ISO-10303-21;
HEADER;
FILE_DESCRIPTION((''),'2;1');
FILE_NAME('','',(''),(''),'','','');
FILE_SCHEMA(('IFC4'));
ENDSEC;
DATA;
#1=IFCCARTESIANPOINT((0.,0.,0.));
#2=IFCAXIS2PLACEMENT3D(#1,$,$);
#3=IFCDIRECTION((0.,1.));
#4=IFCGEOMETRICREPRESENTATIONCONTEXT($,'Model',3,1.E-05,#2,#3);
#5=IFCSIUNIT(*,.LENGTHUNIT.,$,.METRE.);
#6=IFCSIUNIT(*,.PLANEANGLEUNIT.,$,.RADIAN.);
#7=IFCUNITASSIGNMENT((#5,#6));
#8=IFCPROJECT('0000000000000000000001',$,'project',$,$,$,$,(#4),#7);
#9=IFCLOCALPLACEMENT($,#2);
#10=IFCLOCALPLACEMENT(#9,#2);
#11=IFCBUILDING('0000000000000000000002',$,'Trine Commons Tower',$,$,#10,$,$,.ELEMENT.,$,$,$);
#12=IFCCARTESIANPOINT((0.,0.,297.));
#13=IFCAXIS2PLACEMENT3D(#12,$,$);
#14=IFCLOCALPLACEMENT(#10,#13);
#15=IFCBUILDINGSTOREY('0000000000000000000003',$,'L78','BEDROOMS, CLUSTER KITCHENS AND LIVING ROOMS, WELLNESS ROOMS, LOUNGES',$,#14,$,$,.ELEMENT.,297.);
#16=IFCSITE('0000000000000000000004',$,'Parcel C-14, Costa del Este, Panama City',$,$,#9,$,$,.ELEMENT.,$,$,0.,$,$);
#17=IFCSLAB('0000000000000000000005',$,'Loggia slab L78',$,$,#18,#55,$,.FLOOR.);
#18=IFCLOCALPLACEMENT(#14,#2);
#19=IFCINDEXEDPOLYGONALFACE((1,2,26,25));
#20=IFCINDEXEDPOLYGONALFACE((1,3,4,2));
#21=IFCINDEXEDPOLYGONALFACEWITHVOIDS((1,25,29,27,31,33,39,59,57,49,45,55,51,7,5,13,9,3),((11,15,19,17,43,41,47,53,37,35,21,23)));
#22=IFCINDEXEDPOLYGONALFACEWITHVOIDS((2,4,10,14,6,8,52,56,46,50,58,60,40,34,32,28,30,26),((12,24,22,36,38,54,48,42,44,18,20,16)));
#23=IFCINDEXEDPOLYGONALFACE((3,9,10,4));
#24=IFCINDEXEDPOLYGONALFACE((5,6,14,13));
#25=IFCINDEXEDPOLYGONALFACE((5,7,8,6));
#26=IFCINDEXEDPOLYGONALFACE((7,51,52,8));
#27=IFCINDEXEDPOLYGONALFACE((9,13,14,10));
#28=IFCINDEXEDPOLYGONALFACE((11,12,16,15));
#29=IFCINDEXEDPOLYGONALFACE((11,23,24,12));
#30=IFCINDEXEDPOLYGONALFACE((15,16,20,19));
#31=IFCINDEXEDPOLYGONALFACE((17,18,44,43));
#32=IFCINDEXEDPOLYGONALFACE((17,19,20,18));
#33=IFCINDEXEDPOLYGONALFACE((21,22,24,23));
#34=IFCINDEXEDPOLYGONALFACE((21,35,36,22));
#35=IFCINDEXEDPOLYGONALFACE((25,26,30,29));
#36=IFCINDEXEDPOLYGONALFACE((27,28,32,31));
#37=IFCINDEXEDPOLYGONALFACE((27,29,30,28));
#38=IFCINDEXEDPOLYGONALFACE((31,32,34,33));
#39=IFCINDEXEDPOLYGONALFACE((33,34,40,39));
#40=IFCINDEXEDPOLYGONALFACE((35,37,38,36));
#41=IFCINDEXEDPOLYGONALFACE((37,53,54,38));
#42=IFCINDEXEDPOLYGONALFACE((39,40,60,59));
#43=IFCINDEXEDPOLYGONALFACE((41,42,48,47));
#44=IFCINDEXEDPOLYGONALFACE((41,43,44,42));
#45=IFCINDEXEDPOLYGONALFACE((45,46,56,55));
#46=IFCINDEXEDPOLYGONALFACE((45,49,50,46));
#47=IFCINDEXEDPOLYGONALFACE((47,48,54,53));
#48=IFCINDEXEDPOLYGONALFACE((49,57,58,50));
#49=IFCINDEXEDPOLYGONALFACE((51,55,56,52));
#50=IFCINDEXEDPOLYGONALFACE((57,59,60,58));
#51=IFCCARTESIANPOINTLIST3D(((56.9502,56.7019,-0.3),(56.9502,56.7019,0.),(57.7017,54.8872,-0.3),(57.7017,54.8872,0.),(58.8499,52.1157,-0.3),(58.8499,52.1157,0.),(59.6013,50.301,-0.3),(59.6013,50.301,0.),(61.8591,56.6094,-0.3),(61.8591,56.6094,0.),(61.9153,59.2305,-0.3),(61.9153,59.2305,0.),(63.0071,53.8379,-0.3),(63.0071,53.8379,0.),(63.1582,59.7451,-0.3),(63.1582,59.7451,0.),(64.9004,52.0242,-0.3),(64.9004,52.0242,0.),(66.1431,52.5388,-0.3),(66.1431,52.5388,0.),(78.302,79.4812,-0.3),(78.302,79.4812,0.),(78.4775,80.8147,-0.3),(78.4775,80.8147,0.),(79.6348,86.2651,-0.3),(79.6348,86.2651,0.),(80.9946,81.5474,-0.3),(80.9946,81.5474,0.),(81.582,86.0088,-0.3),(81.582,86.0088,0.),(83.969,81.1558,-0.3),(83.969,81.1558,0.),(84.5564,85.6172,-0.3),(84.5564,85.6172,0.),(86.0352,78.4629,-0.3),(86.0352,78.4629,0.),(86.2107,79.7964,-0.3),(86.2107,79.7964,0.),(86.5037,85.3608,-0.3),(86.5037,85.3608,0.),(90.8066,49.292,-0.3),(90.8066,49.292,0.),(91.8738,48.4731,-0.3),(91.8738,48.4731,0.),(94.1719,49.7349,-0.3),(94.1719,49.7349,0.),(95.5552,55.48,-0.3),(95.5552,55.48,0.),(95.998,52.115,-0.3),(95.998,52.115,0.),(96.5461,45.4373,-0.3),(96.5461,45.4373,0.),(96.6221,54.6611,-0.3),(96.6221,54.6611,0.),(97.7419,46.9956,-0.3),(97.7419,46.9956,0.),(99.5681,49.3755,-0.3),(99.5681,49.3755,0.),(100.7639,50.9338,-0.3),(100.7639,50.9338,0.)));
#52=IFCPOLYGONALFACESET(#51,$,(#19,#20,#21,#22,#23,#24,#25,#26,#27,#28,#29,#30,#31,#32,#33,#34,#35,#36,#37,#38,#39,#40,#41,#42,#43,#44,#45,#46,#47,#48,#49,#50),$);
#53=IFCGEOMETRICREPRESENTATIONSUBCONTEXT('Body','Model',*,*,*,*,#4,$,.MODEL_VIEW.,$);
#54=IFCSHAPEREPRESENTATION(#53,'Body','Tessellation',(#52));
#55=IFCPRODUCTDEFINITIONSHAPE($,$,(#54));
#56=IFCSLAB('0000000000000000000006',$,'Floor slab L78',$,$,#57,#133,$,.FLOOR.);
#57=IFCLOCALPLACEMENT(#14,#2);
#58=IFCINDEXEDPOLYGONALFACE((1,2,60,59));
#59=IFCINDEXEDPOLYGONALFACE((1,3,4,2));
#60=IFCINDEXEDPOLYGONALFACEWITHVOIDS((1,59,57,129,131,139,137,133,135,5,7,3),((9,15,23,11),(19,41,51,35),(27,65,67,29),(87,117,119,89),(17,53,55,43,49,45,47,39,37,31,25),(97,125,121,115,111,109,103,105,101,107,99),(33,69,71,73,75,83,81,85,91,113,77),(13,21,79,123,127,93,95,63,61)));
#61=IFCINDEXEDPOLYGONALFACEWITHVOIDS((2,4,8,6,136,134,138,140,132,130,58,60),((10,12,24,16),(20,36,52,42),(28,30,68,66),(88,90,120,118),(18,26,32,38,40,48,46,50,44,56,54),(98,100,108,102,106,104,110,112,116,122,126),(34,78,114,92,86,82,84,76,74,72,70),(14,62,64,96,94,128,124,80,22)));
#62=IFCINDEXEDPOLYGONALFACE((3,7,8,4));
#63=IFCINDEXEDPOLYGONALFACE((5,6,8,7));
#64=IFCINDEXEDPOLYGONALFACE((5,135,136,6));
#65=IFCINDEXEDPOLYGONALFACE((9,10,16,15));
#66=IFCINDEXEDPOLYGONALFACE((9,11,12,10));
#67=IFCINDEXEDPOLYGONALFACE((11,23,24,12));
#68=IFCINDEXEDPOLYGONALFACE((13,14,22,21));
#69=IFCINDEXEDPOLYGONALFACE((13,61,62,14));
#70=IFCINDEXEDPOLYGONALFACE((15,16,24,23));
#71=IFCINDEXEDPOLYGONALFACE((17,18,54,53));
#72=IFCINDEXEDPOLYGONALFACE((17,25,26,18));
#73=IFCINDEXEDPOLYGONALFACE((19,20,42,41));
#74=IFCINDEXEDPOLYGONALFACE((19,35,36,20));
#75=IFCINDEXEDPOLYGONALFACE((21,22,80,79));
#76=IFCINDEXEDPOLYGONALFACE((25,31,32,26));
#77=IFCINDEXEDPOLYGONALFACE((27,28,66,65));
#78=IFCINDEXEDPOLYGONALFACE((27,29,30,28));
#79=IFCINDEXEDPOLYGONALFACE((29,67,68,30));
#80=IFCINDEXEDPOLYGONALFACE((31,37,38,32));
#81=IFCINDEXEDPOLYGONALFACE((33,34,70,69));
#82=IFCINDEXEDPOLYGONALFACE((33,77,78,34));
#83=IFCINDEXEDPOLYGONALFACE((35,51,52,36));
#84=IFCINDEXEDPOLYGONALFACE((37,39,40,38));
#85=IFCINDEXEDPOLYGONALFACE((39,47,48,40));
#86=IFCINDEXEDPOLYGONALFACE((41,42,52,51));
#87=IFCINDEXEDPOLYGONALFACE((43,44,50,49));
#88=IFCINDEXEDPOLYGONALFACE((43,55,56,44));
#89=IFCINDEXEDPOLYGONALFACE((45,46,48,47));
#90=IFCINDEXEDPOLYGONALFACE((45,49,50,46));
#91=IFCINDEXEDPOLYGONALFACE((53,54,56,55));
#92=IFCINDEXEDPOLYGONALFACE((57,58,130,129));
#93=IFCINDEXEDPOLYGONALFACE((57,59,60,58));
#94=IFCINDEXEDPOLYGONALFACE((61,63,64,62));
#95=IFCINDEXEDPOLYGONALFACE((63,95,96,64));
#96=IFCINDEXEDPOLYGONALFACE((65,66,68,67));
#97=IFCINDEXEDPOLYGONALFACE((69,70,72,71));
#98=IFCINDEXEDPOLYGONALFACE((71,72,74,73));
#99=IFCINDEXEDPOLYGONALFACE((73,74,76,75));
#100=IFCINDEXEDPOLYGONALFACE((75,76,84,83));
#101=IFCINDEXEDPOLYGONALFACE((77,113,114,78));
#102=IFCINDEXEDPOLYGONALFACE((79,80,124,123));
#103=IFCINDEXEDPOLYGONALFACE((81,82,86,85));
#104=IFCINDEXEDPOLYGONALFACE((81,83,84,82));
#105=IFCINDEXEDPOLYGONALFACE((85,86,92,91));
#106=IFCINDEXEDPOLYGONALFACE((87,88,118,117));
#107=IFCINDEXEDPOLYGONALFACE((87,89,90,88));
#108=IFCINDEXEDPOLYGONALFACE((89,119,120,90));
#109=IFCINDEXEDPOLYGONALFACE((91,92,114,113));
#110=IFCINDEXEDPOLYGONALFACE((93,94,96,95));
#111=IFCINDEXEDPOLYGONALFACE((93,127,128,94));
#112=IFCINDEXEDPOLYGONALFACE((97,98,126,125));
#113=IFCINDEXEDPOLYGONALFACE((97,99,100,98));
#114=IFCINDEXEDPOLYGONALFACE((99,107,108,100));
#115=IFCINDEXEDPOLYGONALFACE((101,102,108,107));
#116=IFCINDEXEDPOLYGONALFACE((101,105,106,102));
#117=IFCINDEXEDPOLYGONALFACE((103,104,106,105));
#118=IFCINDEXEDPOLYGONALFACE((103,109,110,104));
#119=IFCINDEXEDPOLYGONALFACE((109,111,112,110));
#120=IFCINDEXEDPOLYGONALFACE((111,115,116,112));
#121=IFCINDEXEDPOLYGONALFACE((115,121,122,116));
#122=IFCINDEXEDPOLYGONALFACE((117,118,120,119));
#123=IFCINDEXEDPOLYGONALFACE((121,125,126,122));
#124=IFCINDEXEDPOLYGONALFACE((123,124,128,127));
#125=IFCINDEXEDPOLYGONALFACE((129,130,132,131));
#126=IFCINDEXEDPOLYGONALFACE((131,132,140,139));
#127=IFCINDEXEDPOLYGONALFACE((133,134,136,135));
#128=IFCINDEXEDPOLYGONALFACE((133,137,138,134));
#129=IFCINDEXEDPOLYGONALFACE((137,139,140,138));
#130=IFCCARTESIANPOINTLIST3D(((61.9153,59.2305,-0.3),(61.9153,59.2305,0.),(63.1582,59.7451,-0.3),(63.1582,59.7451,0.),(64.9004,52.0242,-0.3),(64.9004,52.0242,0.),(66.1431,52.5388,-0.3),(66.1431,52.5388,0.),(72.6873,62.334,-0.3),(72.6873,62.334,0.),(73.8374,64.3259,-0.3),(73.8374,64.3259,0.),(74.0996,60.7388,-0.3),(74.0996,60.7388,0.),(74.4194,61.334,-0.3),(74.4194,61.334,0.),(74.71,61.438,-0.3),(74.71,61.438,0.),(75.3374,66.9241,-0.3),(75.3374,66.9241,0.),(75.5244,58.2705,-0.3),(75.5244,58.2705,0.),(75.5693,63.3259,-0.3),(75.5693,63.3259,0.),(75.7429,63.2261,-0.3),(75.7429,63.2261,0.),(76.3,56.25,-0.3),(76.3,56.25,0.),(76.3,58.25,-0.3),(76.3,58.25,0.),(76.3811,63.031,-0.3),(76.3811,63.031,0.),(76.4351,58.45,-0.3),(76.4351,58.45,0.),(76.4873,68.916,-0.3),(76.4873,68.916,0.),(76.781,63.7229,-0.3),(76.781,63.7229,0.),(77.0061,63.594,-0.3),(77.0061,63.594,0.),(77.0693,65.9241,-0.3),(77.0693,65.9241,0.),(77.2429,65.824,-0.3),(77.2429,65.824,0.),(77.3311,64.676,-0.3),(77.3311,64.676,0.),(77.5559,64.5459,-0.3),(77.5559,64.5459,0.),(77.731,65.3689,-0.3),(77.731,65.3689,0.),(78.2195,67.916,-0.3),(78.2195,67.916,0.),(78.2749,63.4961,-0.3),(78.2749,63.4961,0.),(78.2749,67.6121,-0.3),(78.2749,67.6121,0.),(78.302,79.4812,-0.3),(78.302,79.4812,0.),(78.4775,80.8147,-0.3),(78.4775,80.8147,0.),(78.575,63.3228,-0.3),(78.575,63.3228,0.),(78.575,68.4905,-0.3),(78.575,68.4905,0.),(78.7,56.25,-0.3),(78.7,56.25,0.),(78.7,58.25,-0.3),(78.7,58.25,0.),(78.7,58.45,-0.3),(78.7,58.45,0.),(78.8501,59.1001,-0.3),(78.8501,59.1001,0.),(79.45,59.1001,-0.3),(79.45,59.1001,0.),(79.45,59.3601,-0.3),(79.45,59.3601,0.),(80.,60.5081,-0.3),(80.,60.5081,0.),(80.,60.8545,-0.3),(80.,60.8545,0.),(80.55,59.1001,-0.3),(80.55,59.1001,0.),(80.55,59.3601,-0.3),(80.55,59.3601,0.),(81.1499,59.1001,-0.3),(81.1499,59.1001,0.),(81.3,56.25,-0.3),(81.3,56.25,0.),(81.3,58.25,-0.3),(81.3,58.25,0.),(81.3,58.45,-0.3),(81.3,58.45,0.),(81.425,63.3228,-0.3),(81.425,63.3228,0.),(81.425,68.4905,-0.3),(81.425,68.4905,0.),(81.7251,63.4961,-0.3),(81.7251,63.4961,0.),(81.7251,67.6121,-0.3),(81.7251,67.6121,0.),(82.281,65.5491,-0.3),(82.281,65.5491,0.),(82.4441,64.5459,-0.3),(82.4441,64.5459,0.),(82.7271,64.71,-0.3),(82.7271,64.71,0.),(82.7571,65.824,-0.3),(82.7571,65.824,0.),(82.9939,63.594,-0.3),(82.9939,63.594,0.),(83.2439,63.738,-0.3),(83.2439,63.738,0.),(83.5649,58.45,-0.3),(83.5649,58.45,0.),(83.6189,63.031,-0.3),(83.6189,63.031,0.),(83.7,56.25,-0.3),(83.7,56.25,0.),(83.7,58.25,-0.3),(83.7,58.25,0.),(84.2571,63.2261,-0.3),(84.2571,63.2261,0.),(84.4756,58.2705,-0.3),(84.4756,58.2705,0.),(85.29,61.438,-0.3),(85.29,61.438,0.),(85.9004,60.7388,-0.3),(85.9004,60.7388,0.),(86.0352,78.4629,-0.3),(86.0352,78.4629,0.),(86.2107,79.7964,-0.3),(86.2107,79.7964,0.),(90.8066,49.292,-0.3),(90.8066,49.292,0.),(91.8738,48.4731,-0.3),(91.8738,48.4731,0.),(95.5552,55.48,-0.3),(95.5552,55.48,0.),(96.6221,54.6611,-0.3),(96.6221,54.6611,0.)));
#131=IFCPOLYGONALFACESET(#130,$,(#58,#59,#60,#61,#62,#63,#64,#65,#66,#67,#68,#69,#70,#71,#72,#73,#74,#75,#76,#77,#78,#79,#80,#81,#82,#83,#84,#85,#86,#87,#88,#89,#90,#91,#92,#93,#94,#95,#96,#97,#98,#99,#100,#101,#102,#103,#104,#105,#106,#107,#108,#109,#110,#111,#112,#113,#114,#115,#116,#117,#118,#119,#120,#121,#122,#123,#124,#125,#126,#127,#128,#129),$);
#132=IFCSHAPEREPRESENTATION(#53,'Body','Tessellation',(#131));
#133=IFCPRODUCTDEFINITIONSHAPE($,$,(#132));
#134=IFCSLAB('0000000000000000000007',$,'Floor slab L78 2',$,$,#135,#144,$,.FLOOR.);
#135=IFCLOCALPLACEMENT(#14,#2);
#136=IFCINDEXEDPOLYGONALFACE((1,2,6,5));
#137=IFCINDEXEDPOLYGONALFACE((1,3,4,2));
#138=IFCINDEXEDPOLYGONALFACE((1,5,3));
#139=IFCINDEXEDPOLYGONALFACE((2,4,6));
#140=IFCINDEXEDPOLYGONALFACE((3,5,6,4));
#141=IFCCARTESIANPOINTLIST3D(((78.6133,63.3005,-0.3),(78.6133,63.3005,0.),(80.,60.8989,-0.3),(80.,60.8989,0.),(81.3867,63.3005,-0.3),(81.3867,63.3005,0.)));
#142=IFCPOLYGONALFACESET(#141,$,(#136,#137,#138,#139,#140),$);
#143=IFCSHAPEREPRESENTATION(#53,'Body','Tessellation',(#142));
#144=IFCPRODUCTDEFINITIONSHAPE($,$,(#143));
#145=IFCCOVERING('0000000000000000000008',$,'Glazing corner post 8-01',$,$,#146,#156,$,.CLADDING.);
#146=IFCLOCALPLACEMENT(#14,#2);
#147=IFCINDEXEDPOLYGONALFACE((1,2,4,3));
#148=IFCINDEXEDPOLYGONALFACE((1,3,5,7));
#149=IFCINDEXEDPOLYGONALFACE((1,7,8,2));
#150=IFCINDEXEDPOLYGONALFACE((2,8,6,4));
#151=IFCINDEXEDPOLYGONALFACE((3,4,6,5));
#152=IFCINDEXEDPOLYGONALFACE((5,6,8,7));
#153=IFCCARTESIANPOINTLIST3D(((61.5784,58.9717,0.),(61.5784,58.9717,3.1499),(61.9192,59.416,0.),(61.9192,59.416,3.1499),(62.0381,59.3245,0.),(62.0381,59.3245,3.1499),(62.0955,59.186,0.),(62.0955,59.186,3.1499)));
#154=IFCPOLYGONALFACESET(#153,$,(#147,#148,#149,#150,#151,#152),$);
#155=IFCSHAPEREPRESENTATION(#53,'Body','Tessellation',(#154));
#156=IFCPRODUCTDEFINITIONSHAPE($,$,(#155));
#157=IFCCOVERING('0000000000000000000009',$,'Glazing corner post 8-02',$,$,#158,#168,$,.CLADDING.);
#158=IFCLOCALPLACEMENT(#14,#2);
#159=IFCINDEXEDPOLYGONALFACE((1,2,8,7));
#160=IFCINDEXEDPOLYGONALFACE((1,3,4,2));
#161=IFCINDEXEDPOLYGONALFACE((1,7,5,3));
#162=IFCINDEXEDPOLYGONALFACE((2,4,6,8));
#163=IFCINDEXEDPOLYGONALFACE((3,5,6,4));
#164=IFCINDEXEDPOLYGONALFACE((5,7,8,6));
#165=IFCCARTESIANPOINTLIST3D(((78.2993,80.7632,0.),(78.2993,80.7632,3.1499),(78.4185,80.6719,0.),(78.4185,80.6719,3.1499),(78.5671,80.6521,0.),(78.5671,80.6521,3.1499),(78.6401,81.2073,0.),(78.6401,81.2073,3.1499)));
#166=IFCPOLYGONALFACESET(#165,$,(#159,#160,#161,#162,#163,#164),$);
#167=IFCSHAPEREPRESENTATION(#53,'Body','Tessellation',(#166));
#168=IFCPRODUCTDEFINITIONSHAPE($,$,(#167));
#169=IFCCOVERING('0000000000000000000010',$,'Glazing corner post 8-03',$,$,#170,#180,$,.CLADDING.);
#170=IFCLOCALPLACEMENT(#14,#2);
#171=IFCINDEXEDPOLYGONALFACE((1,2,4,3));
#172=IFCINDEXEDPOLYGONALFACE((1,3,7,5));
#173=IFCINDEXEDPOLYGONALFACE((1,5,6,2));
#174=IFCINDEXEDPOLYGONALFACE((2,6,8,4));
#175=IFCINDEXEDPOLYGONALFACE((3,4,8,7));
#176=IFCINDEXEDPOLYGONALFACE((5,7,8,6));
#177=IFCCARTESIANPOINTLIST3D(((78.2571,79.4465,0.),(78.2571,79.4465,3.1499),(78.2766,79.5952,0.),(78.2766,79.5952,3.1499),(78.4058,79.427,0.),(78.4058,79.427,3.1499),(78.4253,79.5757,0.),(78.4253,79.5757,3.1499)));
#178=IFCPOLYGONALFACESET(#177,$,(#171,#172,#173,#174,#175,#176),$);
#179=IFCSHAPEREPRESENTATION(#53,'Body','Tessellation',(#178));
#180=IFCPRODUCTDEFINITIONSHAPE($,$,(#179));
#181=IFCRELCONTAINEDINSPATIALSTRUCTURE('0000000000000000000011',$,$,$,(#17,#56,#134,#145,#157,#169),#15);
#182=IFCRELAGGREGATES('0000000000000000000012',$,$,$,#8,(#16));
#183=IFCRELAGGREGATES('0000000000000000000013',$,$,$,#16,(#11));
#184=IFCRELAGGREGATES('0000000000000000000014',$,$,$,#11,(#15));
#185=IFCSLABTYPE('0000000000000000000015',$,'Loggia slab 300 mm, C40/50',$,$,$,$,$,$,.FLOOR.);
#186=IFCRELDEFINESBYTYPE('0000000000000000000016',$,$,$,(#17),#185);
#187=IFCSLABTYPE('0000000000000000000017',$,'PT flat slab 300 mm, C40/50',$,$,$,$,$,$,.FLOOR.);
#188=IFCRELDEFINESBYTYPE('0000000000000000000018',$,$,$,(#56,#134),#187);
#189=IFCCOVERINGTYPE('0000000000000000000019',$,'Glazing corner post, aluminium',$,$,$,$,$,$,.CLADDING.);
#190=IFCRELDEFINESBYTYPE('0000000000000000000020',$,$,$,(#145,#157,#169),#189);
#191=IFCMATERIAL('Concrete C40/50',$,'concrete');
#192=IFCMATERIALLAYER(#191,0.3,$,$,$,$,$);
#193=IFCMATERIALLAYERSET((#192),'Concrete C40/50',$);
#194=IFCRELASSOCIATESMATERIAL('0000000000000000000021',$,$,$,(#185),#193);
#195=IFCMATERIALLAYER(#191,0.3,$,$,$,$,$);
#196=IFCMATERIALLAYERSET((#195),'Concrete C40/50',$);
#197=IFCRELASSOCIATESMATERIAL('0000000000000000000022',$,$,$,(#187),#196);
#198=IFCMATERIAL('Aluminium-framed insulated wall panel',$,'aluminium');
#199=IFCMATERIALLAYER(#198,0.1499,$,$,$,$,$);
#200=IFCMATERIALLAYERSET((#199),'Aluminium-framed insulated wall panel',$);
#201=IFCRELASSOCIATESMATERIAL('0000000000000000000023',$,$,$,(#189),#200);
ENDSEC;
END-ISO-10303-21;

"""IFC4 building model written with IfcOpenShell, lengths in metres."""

from ifc_helpers import new_model, si_unit, direction, frame, origin, place, context, subcontext, project, spatial, polyline, outline, extrude, material, layer, layer_set, type_object, element, save


model = new_model("IFC4")

# Units and contexts
model_context = context("Model", 3, precision=1e-05, world=origin(), true_north=direction((0.0, 1.0)))
body_context = subcontext(model_context, "Body", "Model", "MODEL_VIEW")
ifc_project = project(units=[si_unit("LENGTHUNIT", "METRE"), si_unit("PLANEANGLEUNIT", "RADIAN")], contexts=[model_context])

# Site, building, storey
site_placement = place(None, origin())
site = spatial("IfcSite", under=ifc_project, at=site_placement, Name="Parcel C-14, Costa del Este, Panama City", CompositionType="ELEMENT", RefElevation=0.0)
building_placement = place(site_placement, origin())
building = spatial("IfcBuilding", under=site, at=building_placement, Name="Trine Commons Tower", CompositionType="ELEMENT")
storey_placement = place(building_placement, frame((0.0, 0.0, 297.0)))
storey = spatial("IfcBuildingStorey", under=building, at=storey_placement, Name="L78", Description="BEDROOMS, CLUSTER KITCHENS AND LIVING ROOMS, WELLNESS ROOMS, LOUNGES", CompositionType="ELEMENT", Elevation=297.0)

# Slabs
ifc_material_1 = material(Name="Concrete C40/50", Category="concrete")
ifc_layer_1 = layer(ifc_material_1, 0.3)
ifc_layer_set_1 = layer_set([ifc_layer_1], Name="Concrete C40/50")
slab_type_1 = type_object("IfcSlabType", Name="Loggia slab 300 mm, C40/50", PredefinedType="FLOOR", material=ifc_layer_set_1)
slab_1_placement = place(storey_placement, frame((0.0, 0.0, -0.3)))
element("IfcSlab", 1, at=slab_1_placement, inside=storey, type_object=slab_type_1, Name="Loggia slab L78", PredefinedType="FLOOR", context=body_context, shape_type="SweptSolid", body=[
    extrude(outline(polyline([(100.7639, 50.9338), (86.5037, 85.3608), (84.5564, 85.6172), (83.969, 81.1558), (80.9946, 81.5474), (81.582, 86.0088), (79.6348, 86.2651), (56.9502, 56.7019), (57.7017, 54.8872), (61.8591, 56.6094), (63.0071, 53.8379), (58.8499, 52.1157), (59.6013, 50.301), (96.5461, 45.4373), (97.7419, 46.9956), (94.1719, 49.7349), (95.998, 52.115), (99.5681, 49.3755), (100.7639, 50.9338)]), holes=[polyline([(63.1582, 59.7451), (66.1431, 52.5388), (64.9004, 52.0242), (91.8738, 48.4731), (90.8066, 49.292), (95.5552, 55.48), (96.6221, 54.6611), (86.2107, 79.7964), (86.0352, 78.4629), (78.302, 79.4812), (78.4775, 80.8147), (61.9153, 59.2305), (63.1582, 59.7451)])]), origin(), (0.0, 0.0, 1.0), 0.3),
])
ifc_layer_2 = layer(ifc_material_1, 0.3)
ifc_layer_set_2 = layer_set([ifc_layer_2], Name="Concrete C40/50")
slab_type_2 = type_object("IfcSlabType", Name="PT flat slab 300 mm, C40/50", PredefinedType="FLOOR", material=ifc_layer_set_2)
slab_2_placement = place(storey_placement, frame((0.0, 0.0, -0.3)))
element("IfcSlab", 2, at=slab_2_placement, inside=storey, type_object=slab_type_2, Name="Floor slab L78", PredefinedType="FLOOR", context=body_context, shape_type="SweptSolid", body=[
    extrude(outline(polyline([(61.9153, 59.2305), (63.1582, 59.7451), (66.1431, 52.5388), (64.9004, 52.0242), (91.8738, 48.4731), (90.8066, 49.292), (95.5552, 55.48), (96.6221, 54.6611), (86.2107, 79.7964), (86.0352, 78.4629), (78.302, 79.4812), (78.4775, 80.8147), (61.9153, 59.2305)]), holes=[polyline([(78.7, 56.25), (78.7, 58.25), (76.3, 58.25), (76.3, 56.25), (78.7, 56.25)]), polyline([(83.7, 56.25), (83.7, 58.25), (81.3, 58.25), (81.3, 56.25), (83.7, 56.25)]), polyline([(81.3, 58.45), (83.5649, 58.45), (80.0, 60.5081), (76.4351, 58.45), (78.7, 58.45), (78.8501, 59.1001), (79.45, 59.1001), (79.45, 59.3601), (80.55, 59.3601), (80.55, 59.1001), (81.1499, 59.1001), (81.3, 58.45)]), polyline([(81.425, 63.3228), (81.425, 68.4905), (78.575, 68.4905), (78.575, 63.3228), (74.0996, 60.7388), (75.5244, 58.2705), (80.0, 60.8545), (84.4756, 58.2705), (85.9004, 60.7388), (81.425, 63.3228)]), polyline([(72.6873, 62.334), (74.4194, 61.334), (75.5693, 63.3259), (73.8374, 64.3259), (72.6873, 62.334)]), polyline([(76.3811, 63.031), (75.7429, 63.2261), (74.71, 61.438), (78.2749, 63.4961), (78.2749, 67.6121), (77.2429, 65.824), (77.731, 65.3689), (77.3311, 64.676), (77.5559, 64.5459), (77.0061, 63.594), (76.781, 63.7229), (76.3811, 63.031)]), polyline([(82.9939, 63.594), (82.4441, 64.5459), (82.7271, 64.71), (82.281, 65.5491), (82.7571, 65.824), (81.7251, 67.6121), (81.7251, 63.4961), (85.29, 61.438), (84.2571, 63.2261), (83.6189, 63.031), (83.2439, 63.738), (82.9939, 63.594)]), polyline([(76.4873, 68.916), (75.3374, 66.9241), (77.0693, 65.9241), (78.2195, 67.916), (76.4873, 68.916)])]), origin(), (0.0, 0.0, 1.0), 0.3),
])
slab_3_placement = place(storey_placement, frame((0.0, 0.0, -0.3)))
element("IfcSlab", 3, at=slab_3_placement, inside=storey, type_object=slab_type_2, Name="Floor slab L78 2", PredefinedType="FLOOR", context=body_context, shape_type="SweptSolid", body=[
    extrude(outline(polyline([(81.3867, 63.3005), (78.6133, 63.3005), (80.0, 60.8989), (81.3867, 63.3005)])), origin(), (0.0, 0.0, 1.0), 0.3),
])

# Coverings
ifc_material_2 = material(Name="Aluminium-framed insulated wall panel", Category="aluminium")
ifc_layer_3 = layer(ifc_material_2, 0.1499)
ifc_layer_set_3 = layer_set([ifc_layer_3], Name="Aluminium-framed insulated wall panel")
covering_type_1 = type_object("IfcCoveringType", Name="Glazing corner post, aluminium", PredefinedType="CLADDING", material=ifc_layer_set_3)
covering_1_placement = place(storey_placement, origin())
element("IfcCovering", 4, at=covering_1_placement, inside=storey, type_object=covering_type_1, Name="Glazing corner post 8-01", PredefinedType="CLADDING", context=body_context, shape_type="SweptSolid", body=[
    extrude(outline(polyline([(62.0381, 59.3245), (61.9192, 59.416), (61.5784, 58.9717), (62.0955, 59.186), (62.0381, 59.3245), (62.0381, 59.3245)])), origin(), (0.0, 0.0, 1.0), 3.1499),
])
covering_2_placement = place(storey_placement, origin())
element("IfcCovering", 5, at=covering_2_placement, inside=storey, type_object=covering_type_1, Name="Glazing corner post 8-02", PredefinedType="CLADDING", context=body_context, shape_type="SweptSolid", body=[
    extrude(outline(polyline([(78.4185, 80.6719), (78.5671, 80.6521), (78.6401, 81.2073), (78.2993, 80.7632), (78.4185, 80.6719), (78.4185, 80.6719)])), origin(), (0.0, 0.0, 1.0), 3.1499),
])
covering_3_placement = place(storey_placement, origin())
element("IfcCovering", 6, at=covering_3_placement, inside=storey, type_object=covering_type_1, Name="Glazing corner post 8-03", PredefinedType="CLADDING", context=body_context, shape_type="SweptSolid", body=[
    extrude(outline(polyline([(78.4058, 79.427), (78.4253, 79.5757), (78.2766, 79.5952), (78.2571, 79.4465), (78.4058, 79.427)])), origin(), (0.0, 0.0, 1.0), 3.1499),
])

save(model, "model.ifc")
